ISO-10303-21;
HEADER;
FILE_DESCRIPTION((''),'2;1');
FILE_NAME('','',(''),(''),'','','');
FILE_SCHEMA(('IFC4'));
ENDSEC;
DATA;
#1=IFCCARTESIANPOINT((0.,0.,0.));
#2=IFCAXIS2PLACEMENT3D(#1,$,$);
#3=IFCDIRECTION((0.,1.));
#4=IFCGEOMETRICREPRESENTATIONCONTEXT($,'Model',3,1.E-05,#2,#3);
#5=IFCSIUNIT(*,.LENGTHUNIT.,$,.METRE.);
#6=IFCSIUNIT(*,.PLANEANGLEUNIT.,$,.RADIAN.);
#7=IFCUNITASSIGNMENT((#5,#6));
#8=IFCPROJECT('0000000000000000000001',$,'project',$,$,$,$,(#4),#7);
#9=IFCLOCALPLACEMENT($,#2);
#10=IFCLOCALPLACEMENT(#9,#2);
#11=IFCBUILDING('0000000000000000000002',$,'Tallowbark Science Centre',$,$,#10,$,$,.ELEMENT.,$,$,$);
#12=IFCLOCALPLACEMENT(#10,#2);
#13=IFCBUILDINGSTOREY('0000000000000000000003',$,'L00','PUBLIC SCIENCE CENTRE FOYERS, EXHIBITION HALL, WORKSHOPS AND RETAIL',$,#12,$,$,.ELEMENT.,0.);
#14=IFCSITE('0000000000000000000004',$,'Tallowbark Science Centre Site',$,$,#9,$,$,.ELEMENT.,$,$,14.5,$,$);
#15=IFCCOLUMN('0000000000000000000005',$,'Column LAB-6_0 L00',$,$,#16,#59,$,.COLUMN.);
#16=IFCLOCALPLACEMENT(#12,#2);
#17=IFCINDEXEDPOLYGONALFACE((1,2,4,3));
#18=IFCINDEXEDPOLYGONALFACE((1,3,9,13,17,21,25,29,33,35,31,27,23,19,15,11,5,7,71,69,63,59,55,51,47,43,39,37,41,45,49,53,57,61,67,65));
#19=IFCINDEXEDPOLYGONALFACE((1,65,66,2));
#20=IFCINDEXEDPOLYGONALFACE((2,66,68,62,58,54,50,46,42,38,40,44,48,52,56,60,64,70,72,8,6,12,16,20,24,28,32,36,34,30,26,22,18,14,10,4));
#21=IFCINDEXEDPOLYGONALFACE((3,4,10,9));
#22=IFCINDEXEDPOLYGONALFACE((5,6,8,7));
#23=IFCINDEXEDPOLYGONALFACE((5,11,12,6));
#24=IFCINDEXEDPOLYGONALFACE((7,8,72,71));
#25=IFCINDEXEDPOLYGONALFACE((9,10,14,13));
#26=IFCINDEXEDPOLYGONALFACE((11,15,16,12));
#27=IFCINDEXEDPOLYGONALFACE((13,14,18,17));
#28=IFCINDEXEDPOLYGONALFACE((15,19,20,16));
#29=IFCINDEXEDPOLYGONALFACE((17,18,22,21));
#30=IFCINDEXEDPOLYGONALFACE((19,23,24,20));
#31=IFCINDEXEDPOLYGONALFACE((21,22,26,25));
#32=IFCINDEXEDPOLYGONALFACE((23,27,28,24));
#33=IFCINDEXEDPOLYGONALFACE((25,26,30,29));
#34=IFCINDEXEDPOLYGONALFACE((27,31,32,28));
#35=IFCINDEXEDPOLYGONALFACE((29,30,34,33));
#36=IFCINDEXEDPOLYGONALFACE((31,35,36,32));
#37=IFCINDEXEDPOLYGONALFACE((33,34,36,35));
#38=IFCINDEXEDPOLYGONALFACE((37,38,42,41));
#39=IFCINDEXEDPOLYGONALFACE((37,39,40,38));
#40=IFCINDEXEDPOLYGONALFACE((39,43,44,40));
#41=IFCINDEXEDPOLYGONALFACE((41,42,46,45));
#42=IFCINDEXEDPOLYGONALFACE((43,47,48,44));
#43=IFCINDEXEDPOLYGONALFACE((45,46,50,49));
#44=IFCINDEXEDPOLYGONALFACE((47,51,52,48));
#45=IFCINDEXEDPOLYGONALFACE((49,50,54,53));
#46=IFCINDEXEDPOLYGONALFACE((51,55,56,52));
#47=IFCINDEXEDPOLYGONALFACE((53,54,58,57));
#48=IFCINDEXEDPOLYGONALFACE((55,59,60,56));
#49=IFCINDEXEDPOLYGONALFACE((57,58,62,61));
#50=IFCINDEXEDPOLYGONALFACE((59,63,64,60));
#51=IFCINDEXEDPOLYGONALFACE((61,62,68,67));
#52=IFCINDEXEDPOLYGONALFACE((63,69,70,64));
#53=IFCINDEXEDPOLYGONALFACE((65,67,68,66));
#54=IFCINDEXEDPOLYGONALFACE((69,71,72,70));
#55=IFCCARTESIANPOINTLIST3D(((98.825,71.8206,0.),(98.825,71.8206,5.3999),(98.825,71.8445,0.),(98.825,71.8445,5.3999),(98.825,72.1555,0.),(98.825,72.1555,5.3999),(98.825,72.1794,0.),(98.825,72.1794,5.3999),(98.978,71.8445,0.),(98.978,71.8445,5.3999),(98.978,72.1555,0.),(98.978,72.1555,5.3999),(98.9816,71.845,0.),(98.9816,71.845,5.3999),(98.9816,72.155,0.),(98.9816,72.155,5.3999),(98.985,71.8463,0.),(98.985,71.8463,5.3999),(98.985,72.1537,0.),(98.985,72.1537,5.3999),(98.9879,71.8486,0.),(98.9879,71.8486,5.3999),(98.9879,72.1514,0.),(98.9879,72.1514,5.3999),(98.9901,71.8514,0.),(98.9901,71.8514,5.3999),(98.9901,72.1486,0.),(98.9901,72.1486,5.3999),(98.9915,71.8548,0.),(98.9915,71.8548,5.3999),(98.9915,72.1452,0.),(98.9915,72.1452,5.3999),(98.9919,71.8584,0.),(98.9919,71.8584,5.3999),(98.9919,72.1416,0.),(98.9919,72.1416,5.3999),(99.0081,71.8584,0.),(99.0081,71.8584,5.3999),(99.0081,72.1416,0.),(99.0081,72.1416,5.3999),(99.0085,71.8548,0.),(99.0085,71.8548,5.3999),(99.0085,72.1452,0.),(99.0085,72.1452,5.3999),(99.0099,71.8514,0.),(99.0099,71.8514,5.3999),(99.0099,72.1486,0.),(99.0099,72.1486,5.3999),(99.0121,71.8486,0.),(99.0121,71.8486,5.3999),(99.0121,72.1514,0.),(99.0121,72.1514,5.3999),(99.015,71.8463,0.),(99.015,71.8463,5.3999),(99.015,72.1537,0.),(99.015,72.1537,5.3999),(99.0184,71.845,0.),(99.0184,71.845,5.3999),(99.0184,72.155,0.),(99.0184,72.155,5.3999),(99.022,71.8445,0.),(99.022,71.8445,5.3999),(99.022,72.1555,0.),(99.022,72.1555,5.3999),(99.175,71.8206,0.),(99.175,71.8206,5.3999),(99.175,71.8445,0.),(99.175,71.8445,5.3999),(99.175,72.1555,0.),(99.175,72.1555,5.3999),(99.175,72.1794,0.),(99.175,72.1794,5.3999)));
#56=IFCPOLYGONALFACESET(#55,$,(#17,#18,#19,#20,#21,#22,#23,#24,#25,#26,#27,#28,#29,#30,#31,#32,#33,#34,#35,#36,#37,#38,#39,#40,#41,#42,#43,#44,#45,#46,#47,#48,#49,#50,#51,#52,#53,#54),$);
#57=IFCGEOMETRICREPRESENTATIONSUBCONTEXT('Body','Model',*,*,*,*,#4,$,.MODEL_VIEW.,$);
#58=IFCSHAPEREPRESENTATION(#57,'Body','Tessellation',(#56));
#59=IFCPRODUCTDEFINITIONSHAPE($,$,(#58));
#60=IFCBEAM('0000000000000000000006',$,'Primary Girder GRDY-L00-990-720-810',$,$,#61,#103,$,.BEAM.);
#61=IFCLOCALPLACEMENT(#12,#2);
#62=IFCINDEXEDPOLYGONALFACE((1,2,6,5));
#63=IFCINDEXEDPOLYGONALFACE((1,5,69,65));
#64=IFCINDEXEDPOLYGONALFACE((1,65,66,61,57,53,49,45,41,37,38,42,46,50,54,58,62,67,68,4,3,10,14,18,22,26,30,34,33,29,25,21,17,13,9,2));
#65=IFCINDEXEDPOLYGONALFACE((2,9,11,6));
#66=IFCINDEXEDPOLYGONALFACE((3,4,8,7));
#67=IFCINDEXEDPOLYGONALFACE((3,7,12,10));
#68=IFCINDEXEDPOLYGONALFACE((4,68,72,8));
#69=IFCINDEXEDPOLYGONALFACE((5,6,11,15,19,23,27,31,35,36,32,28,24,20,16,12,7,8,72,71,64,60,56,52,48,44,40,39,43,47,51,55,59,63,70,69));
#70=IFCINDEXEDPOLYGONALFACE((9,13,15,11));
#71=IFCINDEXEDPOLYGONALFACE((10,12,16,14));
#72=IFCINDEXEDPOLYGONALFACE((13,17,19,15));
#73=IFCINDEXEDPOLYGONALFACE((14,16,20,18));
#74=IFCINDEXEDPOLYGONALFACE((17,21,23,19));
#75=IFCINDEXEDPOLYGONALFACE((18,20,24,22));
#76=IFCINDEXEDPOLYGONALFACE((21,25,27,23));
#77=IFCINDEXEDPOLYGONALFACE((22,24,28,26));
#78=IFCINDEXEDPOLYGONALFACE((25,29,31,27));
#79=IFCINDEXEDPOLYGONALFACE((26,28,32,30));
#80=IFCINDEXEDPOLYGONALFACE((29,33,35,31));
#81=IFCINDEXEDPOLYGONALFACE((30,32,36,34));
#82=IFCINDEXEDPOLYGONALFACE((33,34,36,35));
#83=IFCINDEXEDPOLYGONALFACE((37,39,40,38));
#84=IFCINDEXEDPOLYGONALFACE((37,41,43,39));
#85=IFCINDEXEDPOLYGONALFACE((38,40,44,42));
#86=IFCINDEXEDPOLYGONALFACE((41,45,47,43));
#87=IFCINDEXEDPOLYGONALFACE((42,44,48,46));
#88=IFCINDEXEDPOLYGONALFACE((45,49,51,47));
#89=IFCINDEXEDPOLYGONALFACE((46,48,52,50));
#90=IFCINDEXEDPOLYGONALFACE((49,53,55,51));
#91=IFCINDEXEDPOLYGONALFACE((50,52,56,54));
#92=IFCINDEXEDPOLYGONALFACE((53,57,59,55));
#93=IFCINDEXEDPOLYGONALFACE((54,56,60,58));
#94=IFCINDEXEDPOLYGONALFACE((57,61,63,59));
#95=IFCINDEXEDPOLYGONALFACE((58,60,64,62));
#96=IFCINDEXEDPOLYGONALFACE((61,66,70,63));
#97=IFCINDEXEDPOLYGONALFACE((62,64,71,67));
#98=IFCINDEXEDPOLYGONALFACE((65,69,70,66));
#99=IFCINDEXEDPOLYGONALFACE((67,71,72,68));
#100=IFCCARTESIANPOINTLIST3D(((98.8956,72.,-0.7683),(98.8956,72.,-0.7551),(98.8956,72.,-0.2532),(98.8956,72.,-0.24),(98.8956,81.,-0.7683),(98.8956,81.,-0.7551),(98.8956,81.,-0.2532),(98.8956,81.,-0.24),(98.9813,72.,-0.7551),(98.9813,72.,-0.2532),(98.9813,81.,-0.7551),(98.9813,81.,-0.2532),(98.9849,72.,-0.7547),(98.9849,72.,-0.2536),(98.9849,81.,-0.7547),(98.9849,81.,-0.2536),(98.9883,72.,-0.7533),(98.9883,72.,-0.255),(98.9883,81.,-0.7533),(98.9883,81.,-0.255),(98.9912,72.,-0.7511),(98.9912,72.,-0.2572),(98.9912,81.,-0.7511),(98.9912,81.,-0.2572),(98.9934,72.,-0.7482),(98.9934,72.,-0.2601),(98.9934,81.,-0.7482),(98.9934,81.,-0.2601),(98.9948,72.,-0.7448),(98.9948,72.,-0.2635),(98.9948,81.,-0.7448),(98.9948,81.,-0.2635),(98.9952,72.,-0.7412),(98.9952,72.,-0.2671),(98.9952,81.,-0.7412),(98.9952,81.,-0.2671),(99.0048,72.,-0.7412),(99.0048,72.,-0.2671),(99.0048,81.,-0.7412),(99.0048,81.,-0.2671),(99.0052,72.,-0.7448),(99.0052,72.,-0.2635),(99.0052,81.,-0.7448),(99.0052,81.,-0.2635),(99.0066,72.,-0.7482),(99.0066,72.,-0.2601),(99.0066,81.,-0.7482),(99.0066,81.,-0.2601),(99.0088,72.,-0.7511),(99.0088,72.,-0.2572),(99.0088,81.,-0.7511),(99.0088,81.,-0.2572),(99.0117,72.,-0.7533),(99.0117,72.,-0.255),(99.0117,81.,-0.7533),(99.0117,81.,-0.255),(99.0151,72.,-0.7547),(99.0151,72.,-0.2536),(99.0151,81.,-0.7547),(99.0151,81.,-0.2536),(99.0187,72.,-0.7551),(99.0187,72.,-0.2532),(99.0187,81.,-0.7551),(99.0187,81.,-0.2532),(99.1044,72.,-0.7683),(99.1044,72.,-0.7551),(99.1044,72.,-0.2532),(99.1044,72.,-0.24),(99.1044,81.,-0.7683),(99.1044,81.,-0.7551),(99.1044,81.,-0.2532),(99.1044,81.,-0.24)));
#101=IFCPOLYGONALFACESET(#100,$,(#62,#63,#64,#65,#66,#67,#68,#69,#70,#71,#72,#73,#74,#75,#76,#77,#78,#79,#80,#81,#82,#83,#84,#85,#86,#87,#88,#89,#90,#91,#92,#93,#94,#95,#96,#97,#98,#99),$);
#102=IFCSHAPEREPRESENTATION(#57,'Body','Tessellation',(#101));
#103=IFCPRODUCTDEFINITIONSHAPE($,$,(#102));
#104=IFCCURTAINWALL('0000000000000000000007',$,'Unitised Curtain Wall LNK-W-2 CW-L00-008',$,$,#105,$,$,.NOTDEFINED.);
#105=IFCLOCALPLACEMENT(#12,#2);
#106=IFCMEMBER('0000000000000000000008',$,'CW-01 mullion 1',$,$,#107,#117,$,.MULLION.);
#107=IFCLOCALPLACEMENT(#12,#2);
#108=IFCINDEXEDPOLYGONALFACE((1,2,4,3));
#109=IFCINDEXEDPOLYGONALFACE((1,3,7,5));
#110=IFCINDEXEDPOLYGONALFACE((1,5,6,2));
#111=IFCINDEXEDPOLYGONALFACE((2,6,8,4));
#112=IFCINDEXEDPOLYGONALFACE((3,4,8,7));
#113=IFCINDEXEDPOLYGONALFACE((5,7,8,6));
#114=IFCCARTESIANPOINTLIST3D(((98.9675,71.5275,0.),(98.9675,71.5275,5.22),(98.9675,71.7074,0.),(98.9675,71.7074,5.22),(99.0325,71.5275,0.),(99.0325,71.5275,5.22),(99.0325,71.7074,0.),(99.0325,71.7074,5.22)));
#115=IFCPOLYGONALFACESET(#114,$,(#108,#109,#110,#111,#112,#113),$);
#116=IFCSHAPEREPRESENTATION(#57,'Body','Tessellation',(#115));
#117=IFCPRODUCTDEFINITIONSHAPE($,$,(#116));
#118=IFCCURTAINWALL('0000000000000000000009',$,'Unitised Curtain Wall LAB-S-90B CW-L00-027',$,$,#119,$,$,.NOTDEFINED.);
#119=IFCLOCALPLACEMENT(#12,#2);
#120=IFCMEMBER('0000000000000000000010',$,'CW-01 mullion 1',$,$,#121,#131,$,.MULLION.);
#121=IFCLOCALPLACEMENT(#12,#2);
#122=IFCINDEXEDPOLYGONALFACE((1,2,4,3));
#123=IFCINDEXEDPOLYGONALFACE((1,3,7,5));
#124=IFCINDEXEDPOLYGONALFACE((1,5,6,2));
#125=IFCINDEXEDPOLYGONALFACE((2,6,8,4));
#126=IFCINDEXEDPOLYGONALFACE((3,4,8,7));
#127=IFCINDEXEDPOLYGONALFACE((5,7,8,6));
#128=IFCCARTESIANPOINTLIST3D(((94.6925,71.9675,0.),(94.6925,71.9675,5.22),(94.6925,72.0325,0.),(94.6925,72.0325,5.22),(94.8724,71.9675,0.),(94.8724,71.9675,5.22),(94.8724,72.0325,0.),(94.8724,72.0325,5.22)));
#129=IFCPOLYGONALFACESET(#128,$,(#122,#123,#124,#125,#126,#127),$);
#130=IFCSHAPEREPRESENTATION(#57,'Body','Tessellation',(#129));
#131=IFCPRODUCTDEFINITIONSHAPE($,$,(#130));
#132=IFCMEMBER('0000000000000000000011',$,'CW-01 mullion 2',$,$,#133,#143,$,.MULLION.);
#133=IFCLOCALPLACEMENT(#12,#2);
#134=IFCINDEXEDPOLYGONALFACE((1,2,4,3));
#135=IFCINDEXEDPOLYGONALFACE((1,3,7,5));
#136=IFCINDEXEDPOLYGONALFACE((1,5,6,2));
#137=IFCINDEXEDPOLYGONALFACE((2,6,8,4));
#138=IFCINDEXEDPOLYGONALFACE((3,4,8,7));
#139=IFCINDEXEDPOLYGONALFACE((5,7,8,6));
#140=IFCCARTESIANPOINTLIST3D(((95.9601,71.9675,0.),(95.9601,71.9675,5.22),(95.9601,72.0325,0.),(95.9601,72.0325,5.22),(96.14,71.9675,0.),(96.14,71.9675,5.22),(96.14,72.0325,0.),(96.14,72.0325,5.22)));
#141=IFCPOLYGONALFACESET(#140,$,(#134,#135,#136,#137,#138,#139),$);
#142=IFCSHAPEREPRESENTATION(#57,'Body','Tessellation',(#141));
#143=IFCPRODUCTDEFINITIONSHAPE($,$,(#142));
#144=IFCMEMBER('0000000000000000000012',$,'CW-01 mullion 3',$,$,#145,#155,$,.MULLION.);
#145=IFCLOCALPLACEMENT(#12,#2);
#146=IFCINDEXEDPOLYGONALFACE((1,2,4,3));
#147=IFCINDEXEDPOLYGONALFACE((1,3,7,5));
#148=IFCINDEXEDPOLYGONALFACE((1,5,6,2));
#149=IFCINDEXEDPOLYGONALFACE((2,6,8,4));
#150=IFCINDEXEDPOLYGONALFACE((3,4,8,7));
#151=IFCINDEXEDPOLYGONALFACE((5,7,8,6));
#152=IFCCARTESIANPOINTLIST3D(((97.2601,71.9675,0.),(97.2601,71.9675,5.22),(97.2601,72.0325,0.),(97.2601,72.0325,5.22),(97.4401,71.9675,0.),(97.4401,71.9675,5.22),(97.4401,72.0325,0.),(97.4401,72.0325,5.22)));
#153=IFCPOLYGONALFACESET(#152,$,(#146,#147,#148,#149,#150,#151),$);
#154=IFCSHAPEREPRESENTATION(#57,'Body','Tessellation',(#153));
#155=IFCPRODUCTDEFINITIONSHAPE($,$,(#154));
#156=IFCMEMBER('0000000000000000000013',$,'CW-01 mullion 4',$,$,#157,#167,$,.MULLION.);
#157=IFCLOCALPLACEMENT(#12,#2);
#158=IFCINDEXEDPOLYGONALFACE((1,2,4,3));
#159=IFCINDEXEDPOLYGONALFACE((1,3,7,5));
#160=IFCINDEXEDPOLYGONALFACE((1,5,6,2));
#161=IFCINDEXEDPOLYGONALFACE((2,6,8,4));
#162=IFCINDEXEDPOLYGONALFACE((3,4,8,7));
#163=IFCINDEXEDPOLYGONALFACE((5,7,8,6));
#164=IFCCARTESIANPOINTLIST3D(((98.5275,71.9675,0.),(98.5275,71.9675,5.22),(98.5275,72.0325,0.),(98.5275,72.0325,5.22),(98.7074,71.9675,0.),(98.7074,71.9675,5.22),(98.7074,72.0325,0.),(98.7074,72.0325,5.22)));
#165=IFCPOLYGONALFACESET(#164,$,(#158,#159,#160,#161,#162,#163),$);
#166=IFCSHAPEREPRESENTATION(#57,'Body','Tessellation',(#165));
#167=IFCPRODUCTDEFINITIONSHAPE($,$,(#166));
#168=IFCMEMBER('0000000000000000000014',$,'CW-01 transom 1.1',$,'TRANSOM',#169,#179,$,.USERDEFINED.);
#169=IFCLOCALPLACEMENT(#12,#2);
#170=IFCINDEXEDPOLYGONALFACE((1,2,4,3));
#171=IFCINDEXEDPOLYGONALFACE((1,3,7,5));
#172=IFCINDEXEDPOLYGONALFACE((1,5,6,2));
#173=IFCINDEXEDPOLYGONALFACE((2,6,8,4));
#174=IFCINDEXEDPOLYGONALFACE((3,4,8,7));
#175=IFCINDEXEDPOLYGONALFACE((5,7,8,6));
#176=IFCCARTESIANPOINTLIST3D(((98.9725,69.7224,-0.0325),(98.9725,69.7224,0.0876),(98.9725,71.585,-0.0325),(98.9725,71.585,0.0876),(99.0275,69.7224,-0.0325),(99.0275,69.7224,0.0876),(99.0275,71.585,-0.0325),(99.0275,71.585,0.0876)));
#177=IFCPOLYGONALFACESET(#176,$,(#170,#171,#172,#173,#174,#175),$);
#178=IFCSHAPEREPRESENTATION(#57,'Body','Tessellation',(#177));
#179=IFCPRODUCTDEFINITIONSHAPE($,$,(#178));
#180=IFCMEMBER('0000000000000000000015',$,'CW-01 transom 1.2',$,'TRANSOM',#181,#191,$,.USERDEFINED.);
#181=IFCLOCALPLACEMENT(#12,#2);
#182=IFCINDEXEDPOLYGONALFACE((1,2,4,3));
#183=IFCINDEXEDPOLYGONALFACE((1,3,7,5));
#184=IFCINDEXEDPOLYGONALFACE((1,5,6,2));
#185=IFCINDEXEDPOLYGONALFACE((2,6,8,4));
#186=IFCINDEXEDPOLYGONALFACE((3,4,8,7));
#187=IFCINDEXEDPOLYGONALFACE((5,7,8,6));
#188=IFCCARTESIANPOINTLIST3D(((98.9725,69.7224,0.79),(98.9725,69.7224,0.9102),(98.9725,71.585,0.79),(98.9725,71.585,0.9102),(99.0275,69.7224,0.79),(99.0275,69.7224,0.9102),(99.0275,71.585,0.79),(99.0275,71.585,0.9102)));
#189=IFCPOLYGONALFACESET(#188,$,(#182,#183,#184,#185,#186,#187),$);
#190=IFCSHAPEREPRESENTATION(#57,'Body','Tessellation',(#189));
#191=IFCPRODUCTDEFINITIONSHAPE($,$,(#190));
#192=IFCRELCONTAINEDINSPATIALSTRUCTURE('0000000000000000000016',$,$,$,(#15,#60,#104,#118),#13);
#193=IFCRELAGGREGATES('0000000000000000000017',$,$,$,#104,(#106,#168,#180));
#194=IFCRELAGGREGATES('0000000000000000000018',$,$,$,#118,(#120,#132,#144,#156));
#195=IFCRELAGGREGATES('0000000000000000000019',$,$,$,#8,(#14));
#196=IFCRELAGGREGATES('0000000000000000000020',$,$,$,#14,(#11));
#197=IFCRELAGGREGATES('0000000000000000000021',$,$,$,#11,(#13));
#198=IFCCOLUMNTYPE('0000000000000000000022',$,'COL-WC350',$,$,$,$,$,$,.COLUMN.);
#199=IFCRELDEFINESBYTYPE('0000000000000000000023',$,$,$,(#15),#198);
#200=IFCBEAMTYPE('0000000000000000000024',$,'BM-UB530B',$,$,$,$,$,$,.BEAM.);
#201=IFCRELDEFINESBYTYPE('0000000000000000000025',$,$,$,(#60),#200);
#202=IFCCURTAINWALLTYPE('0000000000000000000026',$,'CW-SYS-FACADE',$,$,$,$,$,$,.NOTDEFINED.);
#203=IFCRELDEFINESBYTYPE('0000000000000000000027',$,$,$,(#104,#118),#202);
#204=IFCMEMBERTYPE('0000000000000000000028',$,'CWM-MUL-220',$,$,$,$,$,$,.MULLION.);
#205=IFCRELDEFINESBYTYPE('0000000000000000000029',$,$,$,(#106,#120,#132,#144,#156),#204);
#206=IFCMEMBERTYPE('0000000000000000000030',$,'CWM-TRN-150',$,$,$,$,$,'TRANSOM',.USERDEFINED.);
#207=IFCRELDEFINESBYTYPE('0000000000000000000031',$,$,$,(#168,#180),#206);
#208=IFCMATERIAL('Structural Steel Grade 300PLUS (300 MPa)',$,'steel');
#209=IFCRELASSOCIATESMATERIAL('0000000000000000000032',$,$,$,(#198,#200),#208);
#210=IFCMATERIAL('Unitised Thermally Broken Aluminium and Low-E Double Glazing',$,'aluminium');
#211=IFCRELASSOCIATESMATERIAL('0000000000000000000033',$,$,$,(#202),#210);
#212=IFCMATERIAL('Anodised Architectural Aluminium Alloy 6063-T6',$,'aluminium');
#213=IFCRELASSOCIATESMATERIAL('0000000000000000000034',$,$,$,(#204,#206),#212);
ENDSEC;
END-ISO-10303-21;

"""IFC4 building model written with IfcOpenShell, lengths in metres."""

from ifc_helpers import new_model, si_unit, direction, frame, origin, origin_2d, place, context, subcontext, project, spatial, rectangle, i_section, extrude, material, material_profile, profile_set, type_object, element, aggregate, save


model = new_model("IFC4")

# Units and contexts
model_context = context("Model", 3, precision=1e-05, world=origin(), true_north=direction((0.0, 1.0)))
body_context = subcontext(model_context, "Body", "Model", "MODEL_VIEW")
ifc_project = project(units=[si_unit("LENGTHUNIT", "METRE"), si_unit("PLANEANGLEUNIT", "RADIAN")], contexts=[model_context])

# Site, building, storey
site_placement = place(None, origin())
site = spatial("IfcSite", under=ifc_project, at=site_placement, Name="Tallowbark Science Centre Site", CompositionType="ELEMENT", RefElevation=14.5)
building_placement = place(site_placement, origin())
building = spatial("IfcBuilding", under=site, at=building_placement, Name="Tallowbark Science Centre", CompositionType="ELEMENT")
storey_placement = place(building_placement, origin())
storey = spatial("IfcBuildingStorey", under=building, at=storey_placement, Name="L00", Description="PUBLIC SCIENCE CENTRE FOYERS, EXHIBITION HALL, WORKSHOPS AND RETAIL", CompositionType="ELEMENT", Elevation=0.0)

# Column
ifc_material_1 = material(Name="Structural Steel Grade 300PLUS (300 MPa)", Category="steel")
ifc_material_profile_1 = material_profile(ifc_material_1, i_section(OverallWidth=0.3501, OverallDepth=0.3589, WebThickness=0.0161, FlangeThickness=0.0239, FilletRadius=0.0139, at=origin_2d()), Name="350WC197")
ifc_profile_set_1 = profile_set([ifc_material_profile_1], Name="Structural Steel Grade 300PLUS (300 MPa)")
column_type = type_object("IfcColumnType", Name="COL-WC350", PredefinedType="COLUMN", material=ifc_profile_set_1)
column_placement = place(storey_placement, frame((99.0, 72.0, 0.0), z_axis=(0.0, 0.0, 1.0), x_axis=(1.0, 0.0, 0.0)))
element("IfcColumn", 1, at=column_placement, inside=storey, type_object=column_type, Name="Column LAB-6_0 L00", PredefinedType="COLUMN", context=body_context, shape_type="SweptSolid", body=[
    extrude(i_section(OverallWidth=0.3501, OverallDepth=0.3589, WebThickness=0.0161, FlangeThickness=0.0239, FilletRadius=0.0139, at=origin_2d()), origin(), (0.0, 0.0, 1.0), 5.3999),
])

# Beam
ifc_material_profile_2 = material_profile(ifc_material_1, i_section(OverallWidth=0.2087, OverallDepth=0.5283, WebThickness=0.0095, FlangeThickness=0.0132, FilletRadius=0.0139, at=origin_2d()), Name="530UB82.0")
ifc_profile_set_2 = profile_set([ifc_material_profile_2], Name="Structural Steel Grade 300PLUS (300 MPa)")
beam_type_1 = type_object("IfcBeamType", Name="BM-UB530B", PredefinedType="BEAM", material=ifc_profile_set_2)
beam_1_placement = place(storey_placement, frame((99.0, 72.0, -0.5042), z_axis=(0.0, 1.0, 0.0), x_axis=(-1.0, 0.0, 0.0)))
element("IfcBeam", 2, at=beam_1_placement, inside=storey, type_object=beam_type_1, Name="Primary Girder GRDY-L00-990-720-810", PredefinedType="BEAM", context=body_context, shape_type="SweptSolid", body=[
    extrude(i_section(OverallWidth=0.2087, OverallDepth=0.5283, WebThickness=0.0095, FlangeThickness=0.0132, FilletRadius=0.0139, at=origin_2d()), origin(), (0.0, 0.0, 1.0), 9.0),
])

# Curtain wall, member
ifc_material_2 = material(Name="Unitised Thermally Broken Aluminium and Low-E Double Glazing", Category="aluminium")
curtain_wall_type = type_object("IfcCurtainWallType", Name="CW-SYS-FACADE", PredefinedType="NOTDEFINED", material=ifc_material_2)
curtain_wall_1_placement = place(storey_placement, origin())
curtain_wall_1 = element("IfcCurtainWall", 3, at=curtain_wall_1_placement, inside=storey, type_object=curtain_wall_type, Name="Unitised Curtain Wall LNK-W-2 CW-L00-008", PredefinedType="NOTDEFINED")
ifc_material_3 = material(Name="Anodised Architectural Aluminium Alloy 6063-T6", Category="aluminium")
ifc_material_profile_3 = material_profile(ifc_material_3, rectangle(XDim=0.0649, YDim=0.1799, at=origin_2d()), Name="ALU65x180")
ifc_profile_set_3 = profile_set([ifc_material_profile_3], Name="Anodised Architectural Aluminium Alloy 6063-T6")
member_type_1 = type_object("IfcMemberType", Name="CWM-MUL-220", PredefinedType="MULLION", material=ifc_profile_set_3)
member_1_placement = place(storey_placement, frame((99.0, 71.6174, 0.0), z_axis=(0.0, 0.0, 1.0), x_axis=(1.0, 0.0, 0.0)))
member_1 = element("IfcMember", 4, at=member_1_placement, type_object=member_type_1, Name="CW-01 mullion 1", PredefinedType="MULLION", context=body_context, shape_type="SweptSolid", body=[
    extrude(rectangle(XDim=0.0649, YDim=0.1799, at=origin_2d()), origin(), (0.0, 0.0, 1.0), 5.22),
])

# Curtain wall, members
curtain_wall_2_placement = place(storey_placement, origin())
curtain_wall_2 = element("IfcCurtainWall", 5, at=curtain_wall_2_placement, inside=storey, type_object=curtain_wall_type, Name="Unitised Curtain Wall LAB-S-90B CW-L00-027", PredefinedType="NOTDEFINED")
member_2_placement = place(storey_placement, frame((94.7825, 72.0, 0.0), z_axis=(0.0, 0.0, 1.0), x_axis=(0.0, 1.0, 0.0)))
member_2 = element("IfcMember", 6, at=member_2_placement, type_object=member_type_1, Name="CW-01 mullion 1", PredefinedType="MULLION", context=body_context, shape_type="SweptSolid", body=[
    extrude(rectangle(XDim=0.0649, YDim=0.1799, at=origin_2d()), origin(), (0.0, 0.0, 1.0), 5.22),
])
member_3_placement = place(storey_placement, frame((96.05, 72.0, 0.0), z_axis=(0.0, 0.0, 1.0), x_axis=(0.0, 1.0, 0.0)))
member_3 = element("IfcMember", 7, at=member_3_placement, type_object=member_type_1, Name="CW-01 mullion 2", PredefinedType="MULLION", context=body_context, shape_type="SweptSolid", body=[
    extrude(rectangle(XDim=0.0649, YDim=0.1799, at=origin_2d()), origin(), (0.0, 0.0, 1.0), 5.22),
])
member_4_placement = place(storey_placement, frame((97.3501, 72.0, 0.0), z_axis=(0.0, 0.0, 1.0), x_axis=(0.0, 1.0, 0.0)))
member_4 = element("IfcMember", 8, at=member_4_placement, type_object=member_type_1, Name="CW-01 mullion 3", PredefinedType="MULLION", context=body_context, shape_type="SweptSolid", body=[
    extrude(rectangle(XDim=0.0649, YDim=0.1799, at=origin_2d()), origin(), (0.0, 0.0, 1.0), 5.22),
])
member_5_placement = place(storey_placement, frame((98.6174, 72.0, 0.0), z_axis=(0.0, 0.0, 1.0), x_axis=(0.0, 1.0, 0.0)))
member_5 = element("IfcMember", 9, at=member_5_placement, type_object=member_type_1, Name="CW-01 mullion 4", PredefinedType="MULLION", context=body_context, shape_type="SweptSolid", body=[
    extrude(rectangle(XDim=0.0649, YDim=0.1799, at=origin_2d()), origin(), (0.0, 0.0, 1.0), 5.22),
])

# Members
ifc_material_profile_4 = material_profile(ifc_material_3, rectangle(XDim=0.0549, YDim=0.1201, at=origin_2d()), Name="ALU55x120")
ifc_profile_set_4 = profile_set([ifc_material_profile_4], Name="Anodised Architectural Aluminium Alloy 6063-T6")
member_type_2 = type_object("IfcMemberType", Name="CWM-TRN-150", ElementType="TRANSOM", PredefinedType="USERDEFINED", material=ifc_profile_set_4)
member_6_placement = place(storey_placement, frame((99.0, 71.585, 0.0276), z_axis=(0.0, -1.0, 0.0), x_axis=(1.0, 0.0, 0.0)))
member_6 = element("IfcMember", 10, at=member_6_placement, type_object=member_type_2, Name="CW-01 transom 1.1", ObjectType="TRANSOM", PredefinedType="USERDEFINED", context=body_context, shape_type="SweptSolid", body=[
    extrude(rectangle(XDim=0.0549, YDim=0.1201, at=origin_2d()), origin(), (0.0, 0.0, 1.0), 1.8625),
])
member_7_placement = place(storey_placement, frame((99.0, 71.585, 0.8501), z_axis=(0.0, -1.0, 0.0), x_axis=(1.0, 0.0, 0.0)))
member_7 = element("IfcMember", 11, at=member_7_placement, type_object=member_type_2, Name="CW-01 transom 1.2", ObjectType="TRANSOM", PredefinedType="USERDEFINED", context=body_context, shape_type="SweptSolid", body=[
    extrude(rectangle(XDim=0.0549, YDim=0.1201, at=origin_2d()), origin(), (0.0, 0.0, 1.0), 1.8625),
])

aggregate(curtain_wall_1, [member_1, member_6, member_7])
aggregate(curtain_wall_2, [member_2, member_3, member_4, member_5])

save(model, "model.ifc")
